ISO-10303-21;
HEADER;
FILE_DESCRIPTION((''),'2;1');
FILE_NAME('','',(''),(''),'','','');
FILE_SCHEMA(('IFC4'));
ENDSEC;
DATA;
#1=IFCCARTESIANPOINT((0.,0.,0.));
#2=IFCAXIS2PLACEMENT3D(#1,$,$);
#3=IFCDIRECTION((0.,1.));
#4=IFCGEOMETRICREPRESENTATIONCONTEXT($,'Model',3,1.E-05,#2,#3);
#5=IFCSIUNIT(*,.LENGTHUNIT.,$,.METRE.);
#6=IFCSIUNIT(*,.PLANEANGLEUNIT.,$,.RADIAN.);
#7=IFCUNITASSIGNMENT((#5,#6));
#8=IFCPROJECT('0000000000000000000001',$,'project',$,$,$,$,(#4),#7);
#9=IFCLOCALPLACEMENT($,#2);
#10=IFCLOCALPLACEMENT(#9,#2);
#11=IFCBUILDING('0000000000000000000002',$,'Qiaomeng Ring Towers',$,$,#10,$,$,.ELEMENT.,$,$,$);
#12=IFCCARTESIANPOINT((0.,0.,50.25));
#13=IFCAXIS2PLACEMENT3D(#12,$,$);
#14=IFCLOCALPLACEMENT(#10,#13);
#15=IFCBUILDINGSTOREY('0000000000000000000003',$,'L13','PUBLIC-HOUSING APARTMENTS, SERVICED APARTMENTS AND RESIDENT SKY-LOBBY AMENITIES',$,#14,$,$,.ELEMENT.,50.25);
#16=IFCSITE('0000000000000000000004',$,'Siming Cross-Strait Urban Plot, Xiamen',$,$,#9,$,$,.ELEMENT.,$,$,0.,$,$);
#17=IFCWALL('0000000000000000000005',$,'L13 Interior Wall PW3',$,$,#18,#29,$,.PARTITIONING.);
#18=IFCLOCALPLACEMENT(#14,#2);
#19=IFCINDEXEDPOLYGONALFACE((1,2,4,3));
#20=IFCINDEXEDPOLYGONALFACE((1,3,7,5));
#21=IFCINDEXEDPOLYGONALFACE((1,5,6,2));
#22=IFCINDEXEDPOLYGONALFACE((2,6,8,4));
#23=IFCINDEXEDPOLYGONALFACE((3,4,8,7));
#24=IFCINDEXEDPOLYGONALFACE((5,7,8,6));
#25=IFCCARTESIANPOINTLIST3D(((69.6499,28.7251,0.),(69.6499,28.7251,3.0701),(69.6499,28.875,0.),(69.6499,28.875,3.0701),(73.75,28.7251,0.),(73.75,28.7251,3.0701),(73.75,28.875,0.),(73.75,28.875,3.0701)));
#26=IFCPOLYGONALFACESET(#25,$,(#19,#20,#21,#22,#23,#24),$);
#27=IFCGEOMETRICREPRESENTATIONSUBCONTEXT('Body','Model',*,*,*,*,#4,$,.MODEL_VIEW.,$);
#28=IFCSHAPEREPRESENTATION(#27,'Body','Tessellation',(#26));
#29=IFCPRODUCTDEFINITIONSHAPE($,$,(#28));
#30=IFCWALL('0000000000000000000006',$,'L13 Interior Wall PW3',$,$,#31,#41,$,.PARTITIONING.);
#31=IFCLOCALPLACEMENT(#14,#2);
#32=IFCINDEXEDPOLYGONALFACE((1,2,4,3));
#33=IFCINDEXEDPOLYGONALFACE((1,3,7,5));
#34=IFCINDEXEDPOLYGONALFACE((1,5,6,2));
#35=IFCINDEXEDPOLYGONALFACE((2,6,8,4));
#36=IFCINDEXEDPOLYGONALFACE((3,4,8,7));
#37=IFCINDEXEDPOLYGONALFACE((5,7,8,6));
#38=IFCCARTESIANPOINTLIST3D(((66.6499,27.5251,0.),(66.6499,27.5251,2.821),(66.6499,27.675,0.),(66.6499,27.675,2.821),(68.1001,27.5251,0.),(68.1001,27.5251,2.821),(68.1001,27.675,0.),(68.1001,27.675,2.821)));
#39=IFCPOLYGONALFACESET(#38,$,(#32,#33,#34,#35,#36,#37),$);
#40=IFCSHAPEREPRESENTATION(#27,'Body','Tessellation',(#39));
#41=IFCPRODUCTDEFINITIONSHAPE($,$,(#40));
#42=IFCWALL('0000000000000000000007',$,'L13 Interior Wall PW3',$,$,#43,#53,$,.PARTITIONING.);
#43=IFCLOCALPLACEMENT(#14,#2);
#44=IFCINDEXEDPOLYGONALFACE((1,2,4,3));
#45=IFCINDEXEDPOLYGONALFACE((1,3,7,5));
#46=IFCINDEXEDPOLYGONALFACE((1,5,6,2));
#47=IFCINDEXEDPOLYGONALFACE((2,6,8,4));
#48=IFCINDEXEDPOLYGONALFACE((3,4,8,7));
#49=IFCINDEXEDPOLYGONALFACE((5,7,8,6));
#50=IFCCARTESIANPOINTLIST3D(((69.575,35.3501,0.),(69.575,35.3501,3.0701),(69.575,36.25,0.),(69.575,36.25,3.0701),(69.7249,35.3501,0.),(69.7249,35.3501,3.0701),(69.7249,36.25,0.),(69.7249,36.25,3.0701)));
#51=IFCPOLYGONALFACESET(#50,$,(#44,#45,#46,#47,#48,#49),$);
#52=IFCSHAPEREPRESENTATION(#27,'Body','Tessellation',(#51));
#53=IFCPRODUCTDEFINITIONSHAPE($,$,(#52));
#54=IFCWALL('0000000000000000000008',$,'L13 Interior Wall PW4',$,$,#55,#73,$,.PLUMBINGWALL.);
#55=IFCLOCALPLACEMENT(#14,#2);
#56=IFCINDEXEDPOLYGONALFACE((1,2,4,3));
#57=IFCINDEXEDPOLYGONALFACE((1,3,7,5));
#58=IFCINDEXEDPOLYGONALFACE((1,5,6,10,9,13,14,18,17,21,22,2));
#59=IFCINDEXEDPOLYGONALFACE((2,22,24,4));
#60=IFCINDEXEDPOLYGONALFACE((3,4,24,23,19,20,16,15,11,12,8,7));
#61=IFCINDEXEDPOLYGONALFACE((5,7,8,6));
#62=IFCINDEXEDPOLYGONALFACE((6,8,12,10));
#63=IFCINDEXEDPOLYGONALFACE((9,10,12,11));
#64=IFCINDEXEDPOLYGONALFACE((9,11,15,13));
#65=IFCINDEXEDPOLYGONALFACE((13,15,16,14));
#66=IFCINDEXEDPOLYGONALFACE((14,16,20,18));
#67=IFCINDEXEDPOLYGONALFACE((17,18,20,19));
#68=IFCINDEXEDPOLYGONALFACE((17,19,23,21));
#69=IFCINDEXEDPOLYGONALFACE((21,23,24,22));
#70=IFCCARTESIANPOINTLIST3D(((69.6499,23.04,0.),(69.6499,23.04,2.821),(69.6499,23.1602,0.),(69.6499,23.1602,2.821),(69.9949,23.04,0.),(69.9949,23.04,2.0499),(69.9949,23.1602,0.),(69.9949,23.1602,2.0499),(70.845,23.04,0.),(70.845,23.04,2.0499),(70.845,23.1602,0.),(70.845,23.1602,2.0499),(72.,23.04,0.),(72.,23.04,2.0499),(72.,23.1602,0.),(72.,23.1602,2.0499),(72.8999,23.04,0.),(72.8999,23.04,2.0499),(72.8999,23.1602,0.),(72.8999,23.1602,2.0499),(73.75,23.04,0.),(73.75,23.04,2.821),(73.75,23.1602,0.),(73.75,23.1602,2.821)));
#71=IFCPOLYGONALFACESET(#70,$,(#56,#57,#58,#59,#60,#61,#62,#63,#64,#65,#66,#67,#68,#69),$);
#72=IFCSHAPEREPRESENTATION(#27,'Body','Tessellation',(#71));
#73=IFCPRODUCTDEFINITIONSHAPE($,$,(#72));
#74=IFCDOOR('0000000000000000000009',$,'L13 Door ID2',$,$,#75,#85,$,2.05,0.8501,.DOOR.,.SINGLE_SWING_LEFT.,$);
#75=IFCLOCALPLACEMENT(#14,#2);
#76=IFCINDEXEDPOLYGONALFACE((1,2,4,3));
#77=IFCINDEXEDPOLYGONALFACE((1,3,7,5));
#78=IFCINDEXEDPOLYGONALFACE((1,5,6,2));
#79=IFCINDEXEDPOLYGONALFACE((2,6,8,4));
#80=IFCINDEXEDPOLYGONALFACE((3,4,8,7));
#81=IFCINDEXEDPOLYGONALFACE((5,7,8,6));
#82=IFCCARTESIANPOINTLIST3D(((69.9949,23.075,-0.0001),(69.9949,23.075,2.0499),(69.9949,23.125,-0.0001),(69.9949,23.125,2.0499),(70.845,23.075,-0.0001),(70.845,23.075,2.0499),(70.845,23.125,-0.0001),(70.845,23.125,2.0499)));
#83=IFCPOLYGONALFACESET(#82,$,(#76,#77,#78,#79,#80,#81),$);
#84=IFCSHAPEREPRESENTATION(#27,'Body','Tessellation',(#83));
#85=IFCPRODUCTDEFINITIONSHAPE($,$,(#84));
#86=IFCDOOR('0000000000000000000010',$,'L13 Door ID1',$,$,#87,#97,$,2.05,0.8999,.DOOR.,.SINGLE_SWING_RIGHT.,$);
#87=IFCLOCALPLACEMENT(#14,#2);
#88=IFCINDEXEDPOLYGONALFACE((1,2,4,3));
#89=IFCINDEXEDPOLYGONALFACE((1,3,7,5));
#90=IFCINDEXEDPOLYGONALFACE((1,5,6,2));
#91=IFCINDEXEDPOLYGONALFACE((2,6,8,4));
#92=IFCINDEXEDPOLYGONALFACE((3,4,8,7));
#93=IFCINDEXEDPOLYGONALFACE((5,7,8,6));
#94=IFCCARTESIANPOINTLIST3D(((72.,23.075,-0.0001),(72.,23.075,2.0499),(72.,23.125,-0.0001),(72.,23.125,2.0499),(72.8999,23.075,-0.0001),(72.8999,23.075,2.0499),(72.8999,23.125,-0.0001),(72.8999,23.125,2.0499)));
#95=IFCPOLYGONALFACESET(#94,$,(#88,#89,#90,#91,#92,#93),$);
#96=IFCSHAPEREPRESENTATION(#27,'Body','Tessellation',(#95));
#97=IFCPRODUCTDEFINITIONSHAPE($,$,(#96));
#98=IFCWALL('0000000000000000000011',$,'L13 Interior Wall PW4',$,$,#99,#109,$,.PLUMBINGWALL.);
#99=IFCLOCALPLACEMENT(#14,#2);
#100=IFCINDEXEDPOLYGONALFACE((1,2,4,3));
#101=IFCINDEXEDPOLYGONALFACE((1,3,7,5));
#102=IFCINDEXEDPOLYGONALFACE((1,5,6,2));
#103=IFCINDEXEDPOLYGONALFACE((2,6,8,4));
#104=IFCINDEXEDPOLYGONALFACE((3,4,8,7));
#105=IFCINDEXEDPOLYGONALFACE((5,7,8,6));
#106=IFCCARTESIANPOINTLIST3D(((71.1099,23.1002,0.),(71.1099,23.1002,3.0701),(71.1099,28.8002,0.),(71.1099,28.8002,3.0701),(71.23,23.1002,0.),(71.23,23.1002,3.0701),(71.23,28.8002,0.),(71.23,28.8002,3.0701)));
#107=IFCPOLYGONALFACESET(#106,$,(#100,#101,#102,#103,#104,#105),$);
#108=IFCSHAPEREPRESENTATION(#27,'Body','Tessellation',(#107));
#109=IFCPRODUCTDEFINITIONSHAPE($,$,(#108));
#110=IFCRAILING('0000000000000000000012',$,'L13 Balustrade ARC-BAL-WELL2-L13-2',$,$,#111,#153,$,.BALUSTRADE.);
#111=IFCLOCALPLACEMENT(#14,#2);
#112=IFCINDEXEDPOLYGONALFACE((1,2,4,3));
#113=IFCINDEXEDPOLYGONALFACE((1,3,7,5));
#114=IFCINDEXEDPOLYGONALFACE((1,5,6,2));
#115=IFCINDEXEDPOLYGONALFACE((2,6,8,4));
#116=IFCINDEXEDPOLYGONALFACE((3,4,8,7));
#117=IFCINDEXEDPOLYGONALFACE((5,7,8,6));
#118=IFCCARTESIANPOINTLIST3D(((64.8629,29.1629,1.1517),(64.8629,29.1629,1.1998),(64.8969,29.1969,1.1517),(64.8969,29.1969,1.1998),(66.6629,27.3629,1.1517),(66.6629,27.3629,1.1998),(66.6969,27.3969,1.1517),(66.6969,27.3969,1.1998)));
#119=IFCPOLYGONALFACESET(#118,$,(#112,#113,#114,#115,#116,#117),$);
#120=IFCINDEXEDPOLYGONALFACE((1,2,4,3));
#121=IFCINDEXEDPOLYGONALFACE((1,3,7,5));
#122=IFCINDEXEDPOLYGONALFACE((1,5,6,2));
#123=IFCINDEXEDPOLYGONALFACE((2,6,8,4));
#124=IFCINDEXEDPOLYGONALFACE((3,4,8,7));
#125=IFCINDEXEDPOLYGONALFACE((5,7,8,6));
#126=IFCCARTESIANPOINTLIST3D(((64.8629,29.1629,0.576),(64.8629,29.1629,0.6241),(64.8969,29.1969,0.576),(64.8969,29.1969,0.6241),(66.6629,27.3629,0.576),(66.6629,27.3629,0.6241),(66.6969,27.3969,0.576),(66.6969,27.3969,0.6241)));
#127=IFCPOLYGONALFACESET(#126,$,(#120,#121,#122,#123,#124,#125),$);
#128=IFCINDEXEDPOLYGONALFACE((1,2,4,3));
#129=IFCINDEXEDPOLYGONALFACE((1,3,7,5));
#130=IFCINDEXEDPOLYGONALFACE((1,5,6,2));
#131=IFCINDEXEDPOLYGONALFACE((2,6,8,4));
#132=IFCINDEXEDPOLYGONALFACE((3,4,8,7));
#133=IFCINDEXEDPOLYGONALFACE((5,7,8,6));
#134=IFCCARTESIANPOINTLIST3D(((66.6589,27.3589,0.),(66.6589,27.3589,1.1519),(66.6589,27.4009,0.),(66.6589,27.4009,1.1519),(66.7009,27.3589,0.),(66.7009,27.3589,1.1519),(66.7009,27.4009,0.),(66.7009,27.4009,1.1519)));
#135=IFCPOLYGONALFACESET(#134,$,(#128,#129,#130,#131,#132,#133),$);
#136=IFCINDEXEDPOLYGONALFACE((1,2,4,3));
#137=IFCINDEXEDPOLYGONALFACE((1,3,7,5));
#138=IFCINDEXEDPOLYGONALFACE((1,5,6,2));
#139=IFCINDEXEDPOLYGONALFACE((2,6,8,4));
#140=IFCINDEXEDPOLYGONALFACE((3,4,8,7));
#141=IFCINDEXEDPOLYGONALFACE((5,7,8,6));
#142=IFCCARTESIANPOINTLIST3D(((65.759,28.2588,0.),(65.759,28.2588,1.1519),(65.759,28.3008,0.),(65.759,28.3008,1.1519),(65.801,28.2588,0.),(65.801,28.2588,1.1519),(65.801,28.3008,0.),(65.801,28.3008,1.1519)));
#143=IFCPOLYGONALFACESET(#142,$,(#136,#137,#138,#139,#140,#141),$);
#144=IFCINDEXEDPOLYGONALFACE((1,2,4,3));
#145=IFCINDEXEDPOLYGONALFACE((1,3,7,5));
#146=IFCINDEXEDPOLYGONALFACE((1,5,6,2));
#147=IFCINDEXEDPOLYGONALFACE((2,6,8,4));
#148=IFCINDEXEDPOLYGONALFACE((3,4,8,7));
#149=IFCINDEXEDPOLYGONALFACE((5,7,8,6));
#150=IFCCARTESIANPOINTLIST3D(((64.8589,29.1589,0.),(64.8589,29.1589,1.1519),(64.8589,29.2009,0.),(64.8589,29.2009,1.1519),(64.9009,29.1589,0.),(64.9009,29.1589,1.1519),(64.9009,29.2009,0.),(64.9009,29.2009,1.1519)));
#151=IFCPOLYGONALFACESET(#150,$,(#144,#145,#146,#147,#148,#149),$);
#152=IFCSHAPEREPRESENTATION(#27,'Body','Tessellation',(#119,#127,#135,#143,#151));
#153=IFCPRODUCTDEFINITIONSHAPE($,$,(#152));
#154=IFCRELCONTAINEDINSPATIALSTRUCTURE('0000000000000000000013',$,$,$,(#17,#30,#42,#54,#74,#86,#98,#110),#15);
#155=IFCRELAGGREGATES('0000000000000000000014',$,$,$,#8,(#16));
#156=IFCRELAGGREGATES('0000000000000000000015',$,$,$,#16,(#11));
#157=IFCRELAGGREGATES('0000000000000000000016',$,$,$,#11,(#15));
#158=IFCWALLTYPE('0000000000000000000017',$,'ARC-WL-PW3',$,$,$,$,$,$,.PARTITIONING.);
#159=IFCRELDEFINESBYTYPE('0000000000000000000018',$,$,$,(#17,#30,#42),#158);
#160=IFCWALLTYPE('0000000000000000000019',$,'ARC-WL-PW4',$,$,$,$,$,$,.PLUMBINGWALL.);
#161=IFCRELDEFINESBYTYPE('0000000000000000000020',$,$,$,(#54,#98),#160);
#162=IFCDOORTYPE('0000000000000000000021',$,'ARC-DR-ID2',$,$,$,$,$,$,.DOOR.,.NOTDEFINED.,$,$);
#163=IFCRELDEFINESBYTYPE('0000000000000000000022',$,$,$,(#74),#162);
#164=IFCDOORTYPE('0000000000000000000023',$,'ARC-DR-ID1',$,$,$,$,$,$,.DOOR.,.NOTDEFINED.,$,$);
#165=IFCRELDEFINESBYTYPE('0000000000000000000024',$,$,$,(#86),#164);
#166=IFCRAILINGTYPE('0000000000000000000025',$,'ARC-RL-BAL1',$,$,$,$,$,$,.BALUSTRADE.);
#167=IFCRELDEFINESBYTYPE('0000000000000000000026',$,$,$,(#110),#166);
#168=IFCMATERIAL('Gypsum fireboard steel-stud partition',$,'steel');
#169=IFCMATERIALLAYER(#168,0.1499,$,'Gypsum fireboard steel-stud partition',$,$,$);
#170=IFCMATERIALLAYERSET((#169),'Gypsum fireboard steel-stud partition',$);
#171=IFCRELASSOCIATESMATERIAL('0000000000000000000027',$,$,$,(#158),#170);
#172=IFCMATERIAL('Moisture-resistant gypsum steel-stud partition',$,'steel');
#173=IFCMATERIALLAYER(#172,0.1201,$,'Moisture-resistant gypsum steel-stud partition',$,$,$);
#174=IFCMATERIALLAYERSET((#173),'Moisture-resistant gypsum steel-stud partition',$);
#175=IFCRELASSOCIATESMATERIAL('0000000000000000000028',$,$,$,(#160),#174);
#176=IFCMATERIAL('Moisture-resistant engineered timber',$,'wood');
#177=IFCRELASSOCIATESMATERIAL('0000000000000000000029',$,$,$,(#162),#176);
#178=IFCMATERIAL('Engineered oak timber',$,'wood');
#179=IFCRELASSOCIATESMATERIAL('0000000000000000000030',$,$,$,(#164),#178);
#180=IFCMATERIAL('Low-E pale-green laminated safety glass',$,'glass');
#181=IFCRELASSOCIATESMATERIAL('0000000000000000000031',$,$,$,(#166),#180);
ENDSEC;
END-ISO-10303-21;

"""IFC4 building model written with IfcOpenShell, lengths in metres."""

from ifc_helpers import new_model, si_unit, direction, frame, frame_2d, origin, origin_2d, place, context, subcontext, project, spatial, rectangle, extrude, source, transform, mapped, material, layer, layer_set, type_object, element, fill, save


model = new_model("IFC4")

# Units and contexts
model_context = context("Model", 3, precision=1e-05, world=origin(), true_north=direction((0.0, 1.0)))
body_context = subcontext(model_context, "Body", "Model", "MODEL_VIEW")
ifc_project = project(units=[si_unit("LENGTHUNIT", "METRE"), si_unit("PLANEANGLEUNIT", "RADIAN")], contexts=[model_context])

# Site, building, storey
site_placement = place(None, origin())
site = spatial("IfcSite", under=ifc_project, at=site_placement, Name="Siming Cross-Strait Urban Plot, Xiamen", CompositionType="ELEMENT", RefElevation=0.0)
building_placement = place(site_placement, origin())
building = spatial("IfcBuilding", under=site, at=building_placement, Name="Qiaomeng Ring Towers", CompositionType="ELEMENT")
storey_placement = place(building_placement, frame((0.0, 0.0, 50.25)))
storey = spatial("IfcBuildingStorey", under=building, at=storey_placement, Name="L13", Description="PUBLIC-HOUSING APARTMENTS, SERVICED APARTMENTS AND RESIDENT SKY-LOBBY AMENITIES", CompositionType="ELEMENT", Elevation=50.25)

# Walls
ifc_material_1 = material(Name="Gypsum fireboard steel-stud partition", Category="steel")
ifc_layer_1 = layer(ifc_material_1, 0.1499, Name="Gypsum fireboard steel-stud partition")
ifc_layer_set_1 = layer_set([ifc_layer_1], Name="Gypsum fireboard steel-stud partition")
wall_type_1 = type_object("IfcWallType", Name="ARC-WL-PW3", PredefinedType="PARTITIONING", material=ifc_layer_set_1)
wall_1_placement = place(storey_placement, frame((69.6499, 28.8, 0.0), z_axis=(0.0, 0.0, 1.0), x_axis=(1.0, 0.0, 0.0)))
element("IfcWall", 1, at=wall_1_placement, inside=storey, type_object=wall_type_1, Name="L13 Interior Wall PW3", PredefinedType="PARTITIONING", context=body_context, shape_type="SweptSolid", body=[
    extrude(rectangle(XDim=4.1001, YDim=0.1499, at=frame_2d((2.05, 0.0))), origin(), (0.0, 0.0, 1.0), 3.0701),
])
wall_2_placement = place(storey_placement, frame((66.6499, 27.6001, 0.0), z_axis=(0.0, 0.0, 1.0), x_axis=(1.0, 0.0, 0.0)))
element("IfcWall", 2, at=wall_2_placement, inside=storey, type_object=wall_type_1, Name="L13 Interior Wall PW3", PredefinedType="PARTITIONING", context=body_context, shape_type="SweptSolid", body=[
    extrude(rectangle(XDim=1.4502, YDim=0.1499, at=frame_2d((0.7251, 0.0))), origin(), (0.0, 0.0, 1.0), 2.821),
])
wall_3_placement = place(storey_placement, frame((69.6499, 35.3501, 0.0), z_axis=(0.0, 0.0, 1.0), x_axis=(0.0, 1.0, 0.0)))
element("IfcWall", 3, at=wall_3_placement, inside=storey, type_object=wall_type_1, Name="L13 Interior Wall PW3", PredefinedType="PARTITIONING", context=body_context, shape_type="SweptSolid", body=[
    extrude(rectangle(XDim=0.8999, YDim=0.1499, at=frame_2d((0.45, 0.0))), origin(), (0.0, 0.0, 1.0), 3.0701),
])

# Wall, openings, doors
ifc_material_2 = material(Name="Moisture-resistant gypsum steel-stud partition", Category="steel")
ifc_layer_2 = layer(ifc_material_2, 0.1201, Name="Moisture-resistant gypsum steel-stud partition")
ifc_layer_set_2 = layer_set([ifc_layer_2], Name="Moisture-resistant gypsum steel-stud partition")
wall_type_2 = type_object("IfcWallType", Name="ARC-WL-PW4", PredefinedType="PLUMBINGWALL", material=ifc_layer_set_2)
wall_4_placement = place(storey_placement, frame((69.6499, 23.1001, 0.0), z_axis=(0.0, 0.0, 1.0), x_axis=(1.0, 0.0, 0.0)))
wall_4 = element("IfcWall", 4, at=wall_4_placement, inside=storey, type_object=wall_type_2, Name="L13 Interior Wall PW4", PredefinedType="PLUMBINGWALL", context=body_context, shape_type="SweptSolid", body=[
    extrude(rectangle(XDim=4.1001, YDim=0.1201, at=frame_2d((2.05, 0.0))), origin(), (0.0, 0.0, 1.0), 2.821),
])
opening_1_placement = place(wall_4_placement, frame((0.345, 0.0, 0.0)))
opening_1 = element("IfcOpeningElement", 5, at=opening_1_placement, cuts=wall_4, PredefinedType="OPENING", context=body_context, shape_type="SweptSolid", body=[
    extrude(rectangle(XDim=0.8501, YDim=2.05, at=frame_2d((0.425, 1.0249))), frame((0.0, 0.0701, 0.0), z_axis=(0.0, -1.0, 0.0), x_axis=(1.0, 0.0, 0.0)), (0.0, 0.0, 1.0), 0.1401),
])
opening_2_placement = place(wall_4_placement, frame((2.3501, 0.0, 0.0)))
opening_2 = element("IfcOpeningElement", 6, at=opening_2_placement, cuts=wall_4, PredefinedType="OPENING", context=body_context, shape_type="SweptSolid", body=[
    extrude(rectangle(XDim=0.8999, YDim=2.05, at=frame_2d((0.45, 1.0249))), frame((0.0, 0.0701, 0.0), z_axis=(0.0, -1.0, 0.0), x_axis=(1.0, 0.0, 0.0)), (0.0, 0.0, 1.0), 0.1401),
])
ifc_material_3 = material(Name="Moisture-resistant engineered timber", Category="wood")
door_type_1 = type_object("IfcDoorType", Name="ARC-DR-ID2", OperationType="NOTDEFINED", PredefinedType="DOOR", material=ifc_material_3)
shared_shape_1 = source(origin(), body_context, "Body", "SweptSolid", [
    extrude(rectangle(XDim=0.8501, YDim=2.05, at=frame_2d((0.425, 1.0249))), frame((0.0, 0.0249, 0.0), z_axis=(0.0, -1.0, 0.0), x_axis=(1.0, 0.0, 0.0)), (0.0, 0.0, 1.0), 0.05),
])
door_1_placement = place(opening_1_placement, origin())
door_1 = element("IfcDoor", 7, at=door_1_placement, inside=storey, type_object=door_type_1, Name="L13 Door ID2", OperationType="SINGLE_SWING_LEFT", OverallHeight=2.05, OverallWidth=0.8501, PredefinedType="DOOR", context=body_context, shape_type="MappedRepresentation", body=[
    mapped(shared_shape_1, transform((0.0, 0.0, 0.0), x_axis=(1.0, 0.0, 0.0), y_axis=(0.0, 1.0, 0.0), z_axis=(0.0, 0.0, 1.0), scale=1.0)),
])
fill(opening_1, door_1)
ifc_material_4 = material(Name="Engineered oak timber", Category="wood")
door_type_2 = type_object("IfcDoorType", Name="ARC-DR-ID1", OperationType="NOTDEFINED", PredefinedType="DOOR", material=ifc_material_4)
shared_shape_2 = source(origin(), body_context, "Body", "SweptSolid", [
    extrude(rectangle(XDim=0.8999, YDim=2.05, at=frame_2d((0.45, 1.0249))), frame((0.0, 0.0249, 0.0), z_axis=(0.0, -1.0, 0.0), x_axis=(1.0, 0.0, 0.0)), (0.0, 0.0, 1.0), 0.05),
])
door_2_placement = place(opening_2_placement, origin())
door_2 = element("IfcDoor", 8, at=door_2_placement, inside=storey, type_object=door_type_2, Name="L13 Door ID1", OperationType="SINGLE_SWING_RIGHT", OverallHeight=2.05, OverallWidth=0.8999, PredefinedType="DOOR", context=body_context, shape_type="MappedRepresentation", body=[
    mapped(shared_shape_2, transform((0.0, 0.0, 0.0), x_axis=(1.0, 0.0, 0.0), y_axis=(0.0, 1.0, 0.0), z_axis=(0.0, 0.0, 1.0), scale=1.0)),
])
fill(opening_2, door_2)

# Wall
wall_5_placement = place(storey_placement, frame((71.1699, 23.1001, 0.0), z_axis=(0.0, 0.0, 1.0), x_axis=(0.0, 1.0, 0.0)))
element("IfcWall", 9, at=wall_5_placement, inside=storey, type_object=wall_type_2, Name="L13 Interior Wall PW4", PredefinedType="PLUMBINGWALL", context=body_context, shape_type="SweptSolid", body=[
    extrude(rectangle(XDim=5.7, YDim=0.1201, at=frame_2d((2.8501, 0.0))), origin(), (0.0, 0.0, 1.0), 3.0701),
])

# Railing
ifc_material_5 = material(Name="Low-E pale-green laminated safety glass", Category="glass")
railing_type = type_object("IfcRailingType", Name="ARC-RL-BAL1", PredefinedType="BALUSTRADE", material=ifc_material_5)
railing_1_placement = place(storey_placement, frame((66.6799, 27.3799, 0.0)))
element("IfcRailing", 10, at=railing_1_placement, inside=storey, type_object=railing_type, Name="L13 Balustrade ARC-BAL-WELL2-L13-2", PredefinedType="BALUSTRADE", context=body_context, shape_type="SweptSolid", body=[
    extrude(rectangle(XDim=0.0481, YDim=0.0481, at=origin_2d()), frame((0.0, 0.0, 1.1758), z_axis=(-0.707107, 0.707107, 0.0), x_axis=(-0.707107, -0.707107, 0.0)), (0.0, 0.0, 1.0), 2.5457),
    extrude(rectangle(XDim=0.0481, YDim=0.0481, at=origin_2d()), frame((0.0, 0.0, 0.6001), z_axis=(-0.707107, 0.707107, 0.0), x_axis=(-0.707107, -0.707107, 0.0)), (0.0, 0.0, 1.0), 2.5457),
    extrude(rectangle(XDim=0.042, YDim=0.042, at=origin_2d()), origin(), (0.0, 0.0, 1.0), 1.1519),
    extrude(rectangle(XDim=0.042, YDim=0.042, at=origin_2d()), frame((-0.8999, 0.8999, 0.0)), (0.0, 0.0, 1.0), 1.1519),
    extrude(rectangle(XDim=0.042, YDim=0.042, at=origin_2d()), frame((-1.8, 1.8, 0.0)), (0.0, 0.0, 1.0), 1.1519),
])

save(model, "model.ifc")
